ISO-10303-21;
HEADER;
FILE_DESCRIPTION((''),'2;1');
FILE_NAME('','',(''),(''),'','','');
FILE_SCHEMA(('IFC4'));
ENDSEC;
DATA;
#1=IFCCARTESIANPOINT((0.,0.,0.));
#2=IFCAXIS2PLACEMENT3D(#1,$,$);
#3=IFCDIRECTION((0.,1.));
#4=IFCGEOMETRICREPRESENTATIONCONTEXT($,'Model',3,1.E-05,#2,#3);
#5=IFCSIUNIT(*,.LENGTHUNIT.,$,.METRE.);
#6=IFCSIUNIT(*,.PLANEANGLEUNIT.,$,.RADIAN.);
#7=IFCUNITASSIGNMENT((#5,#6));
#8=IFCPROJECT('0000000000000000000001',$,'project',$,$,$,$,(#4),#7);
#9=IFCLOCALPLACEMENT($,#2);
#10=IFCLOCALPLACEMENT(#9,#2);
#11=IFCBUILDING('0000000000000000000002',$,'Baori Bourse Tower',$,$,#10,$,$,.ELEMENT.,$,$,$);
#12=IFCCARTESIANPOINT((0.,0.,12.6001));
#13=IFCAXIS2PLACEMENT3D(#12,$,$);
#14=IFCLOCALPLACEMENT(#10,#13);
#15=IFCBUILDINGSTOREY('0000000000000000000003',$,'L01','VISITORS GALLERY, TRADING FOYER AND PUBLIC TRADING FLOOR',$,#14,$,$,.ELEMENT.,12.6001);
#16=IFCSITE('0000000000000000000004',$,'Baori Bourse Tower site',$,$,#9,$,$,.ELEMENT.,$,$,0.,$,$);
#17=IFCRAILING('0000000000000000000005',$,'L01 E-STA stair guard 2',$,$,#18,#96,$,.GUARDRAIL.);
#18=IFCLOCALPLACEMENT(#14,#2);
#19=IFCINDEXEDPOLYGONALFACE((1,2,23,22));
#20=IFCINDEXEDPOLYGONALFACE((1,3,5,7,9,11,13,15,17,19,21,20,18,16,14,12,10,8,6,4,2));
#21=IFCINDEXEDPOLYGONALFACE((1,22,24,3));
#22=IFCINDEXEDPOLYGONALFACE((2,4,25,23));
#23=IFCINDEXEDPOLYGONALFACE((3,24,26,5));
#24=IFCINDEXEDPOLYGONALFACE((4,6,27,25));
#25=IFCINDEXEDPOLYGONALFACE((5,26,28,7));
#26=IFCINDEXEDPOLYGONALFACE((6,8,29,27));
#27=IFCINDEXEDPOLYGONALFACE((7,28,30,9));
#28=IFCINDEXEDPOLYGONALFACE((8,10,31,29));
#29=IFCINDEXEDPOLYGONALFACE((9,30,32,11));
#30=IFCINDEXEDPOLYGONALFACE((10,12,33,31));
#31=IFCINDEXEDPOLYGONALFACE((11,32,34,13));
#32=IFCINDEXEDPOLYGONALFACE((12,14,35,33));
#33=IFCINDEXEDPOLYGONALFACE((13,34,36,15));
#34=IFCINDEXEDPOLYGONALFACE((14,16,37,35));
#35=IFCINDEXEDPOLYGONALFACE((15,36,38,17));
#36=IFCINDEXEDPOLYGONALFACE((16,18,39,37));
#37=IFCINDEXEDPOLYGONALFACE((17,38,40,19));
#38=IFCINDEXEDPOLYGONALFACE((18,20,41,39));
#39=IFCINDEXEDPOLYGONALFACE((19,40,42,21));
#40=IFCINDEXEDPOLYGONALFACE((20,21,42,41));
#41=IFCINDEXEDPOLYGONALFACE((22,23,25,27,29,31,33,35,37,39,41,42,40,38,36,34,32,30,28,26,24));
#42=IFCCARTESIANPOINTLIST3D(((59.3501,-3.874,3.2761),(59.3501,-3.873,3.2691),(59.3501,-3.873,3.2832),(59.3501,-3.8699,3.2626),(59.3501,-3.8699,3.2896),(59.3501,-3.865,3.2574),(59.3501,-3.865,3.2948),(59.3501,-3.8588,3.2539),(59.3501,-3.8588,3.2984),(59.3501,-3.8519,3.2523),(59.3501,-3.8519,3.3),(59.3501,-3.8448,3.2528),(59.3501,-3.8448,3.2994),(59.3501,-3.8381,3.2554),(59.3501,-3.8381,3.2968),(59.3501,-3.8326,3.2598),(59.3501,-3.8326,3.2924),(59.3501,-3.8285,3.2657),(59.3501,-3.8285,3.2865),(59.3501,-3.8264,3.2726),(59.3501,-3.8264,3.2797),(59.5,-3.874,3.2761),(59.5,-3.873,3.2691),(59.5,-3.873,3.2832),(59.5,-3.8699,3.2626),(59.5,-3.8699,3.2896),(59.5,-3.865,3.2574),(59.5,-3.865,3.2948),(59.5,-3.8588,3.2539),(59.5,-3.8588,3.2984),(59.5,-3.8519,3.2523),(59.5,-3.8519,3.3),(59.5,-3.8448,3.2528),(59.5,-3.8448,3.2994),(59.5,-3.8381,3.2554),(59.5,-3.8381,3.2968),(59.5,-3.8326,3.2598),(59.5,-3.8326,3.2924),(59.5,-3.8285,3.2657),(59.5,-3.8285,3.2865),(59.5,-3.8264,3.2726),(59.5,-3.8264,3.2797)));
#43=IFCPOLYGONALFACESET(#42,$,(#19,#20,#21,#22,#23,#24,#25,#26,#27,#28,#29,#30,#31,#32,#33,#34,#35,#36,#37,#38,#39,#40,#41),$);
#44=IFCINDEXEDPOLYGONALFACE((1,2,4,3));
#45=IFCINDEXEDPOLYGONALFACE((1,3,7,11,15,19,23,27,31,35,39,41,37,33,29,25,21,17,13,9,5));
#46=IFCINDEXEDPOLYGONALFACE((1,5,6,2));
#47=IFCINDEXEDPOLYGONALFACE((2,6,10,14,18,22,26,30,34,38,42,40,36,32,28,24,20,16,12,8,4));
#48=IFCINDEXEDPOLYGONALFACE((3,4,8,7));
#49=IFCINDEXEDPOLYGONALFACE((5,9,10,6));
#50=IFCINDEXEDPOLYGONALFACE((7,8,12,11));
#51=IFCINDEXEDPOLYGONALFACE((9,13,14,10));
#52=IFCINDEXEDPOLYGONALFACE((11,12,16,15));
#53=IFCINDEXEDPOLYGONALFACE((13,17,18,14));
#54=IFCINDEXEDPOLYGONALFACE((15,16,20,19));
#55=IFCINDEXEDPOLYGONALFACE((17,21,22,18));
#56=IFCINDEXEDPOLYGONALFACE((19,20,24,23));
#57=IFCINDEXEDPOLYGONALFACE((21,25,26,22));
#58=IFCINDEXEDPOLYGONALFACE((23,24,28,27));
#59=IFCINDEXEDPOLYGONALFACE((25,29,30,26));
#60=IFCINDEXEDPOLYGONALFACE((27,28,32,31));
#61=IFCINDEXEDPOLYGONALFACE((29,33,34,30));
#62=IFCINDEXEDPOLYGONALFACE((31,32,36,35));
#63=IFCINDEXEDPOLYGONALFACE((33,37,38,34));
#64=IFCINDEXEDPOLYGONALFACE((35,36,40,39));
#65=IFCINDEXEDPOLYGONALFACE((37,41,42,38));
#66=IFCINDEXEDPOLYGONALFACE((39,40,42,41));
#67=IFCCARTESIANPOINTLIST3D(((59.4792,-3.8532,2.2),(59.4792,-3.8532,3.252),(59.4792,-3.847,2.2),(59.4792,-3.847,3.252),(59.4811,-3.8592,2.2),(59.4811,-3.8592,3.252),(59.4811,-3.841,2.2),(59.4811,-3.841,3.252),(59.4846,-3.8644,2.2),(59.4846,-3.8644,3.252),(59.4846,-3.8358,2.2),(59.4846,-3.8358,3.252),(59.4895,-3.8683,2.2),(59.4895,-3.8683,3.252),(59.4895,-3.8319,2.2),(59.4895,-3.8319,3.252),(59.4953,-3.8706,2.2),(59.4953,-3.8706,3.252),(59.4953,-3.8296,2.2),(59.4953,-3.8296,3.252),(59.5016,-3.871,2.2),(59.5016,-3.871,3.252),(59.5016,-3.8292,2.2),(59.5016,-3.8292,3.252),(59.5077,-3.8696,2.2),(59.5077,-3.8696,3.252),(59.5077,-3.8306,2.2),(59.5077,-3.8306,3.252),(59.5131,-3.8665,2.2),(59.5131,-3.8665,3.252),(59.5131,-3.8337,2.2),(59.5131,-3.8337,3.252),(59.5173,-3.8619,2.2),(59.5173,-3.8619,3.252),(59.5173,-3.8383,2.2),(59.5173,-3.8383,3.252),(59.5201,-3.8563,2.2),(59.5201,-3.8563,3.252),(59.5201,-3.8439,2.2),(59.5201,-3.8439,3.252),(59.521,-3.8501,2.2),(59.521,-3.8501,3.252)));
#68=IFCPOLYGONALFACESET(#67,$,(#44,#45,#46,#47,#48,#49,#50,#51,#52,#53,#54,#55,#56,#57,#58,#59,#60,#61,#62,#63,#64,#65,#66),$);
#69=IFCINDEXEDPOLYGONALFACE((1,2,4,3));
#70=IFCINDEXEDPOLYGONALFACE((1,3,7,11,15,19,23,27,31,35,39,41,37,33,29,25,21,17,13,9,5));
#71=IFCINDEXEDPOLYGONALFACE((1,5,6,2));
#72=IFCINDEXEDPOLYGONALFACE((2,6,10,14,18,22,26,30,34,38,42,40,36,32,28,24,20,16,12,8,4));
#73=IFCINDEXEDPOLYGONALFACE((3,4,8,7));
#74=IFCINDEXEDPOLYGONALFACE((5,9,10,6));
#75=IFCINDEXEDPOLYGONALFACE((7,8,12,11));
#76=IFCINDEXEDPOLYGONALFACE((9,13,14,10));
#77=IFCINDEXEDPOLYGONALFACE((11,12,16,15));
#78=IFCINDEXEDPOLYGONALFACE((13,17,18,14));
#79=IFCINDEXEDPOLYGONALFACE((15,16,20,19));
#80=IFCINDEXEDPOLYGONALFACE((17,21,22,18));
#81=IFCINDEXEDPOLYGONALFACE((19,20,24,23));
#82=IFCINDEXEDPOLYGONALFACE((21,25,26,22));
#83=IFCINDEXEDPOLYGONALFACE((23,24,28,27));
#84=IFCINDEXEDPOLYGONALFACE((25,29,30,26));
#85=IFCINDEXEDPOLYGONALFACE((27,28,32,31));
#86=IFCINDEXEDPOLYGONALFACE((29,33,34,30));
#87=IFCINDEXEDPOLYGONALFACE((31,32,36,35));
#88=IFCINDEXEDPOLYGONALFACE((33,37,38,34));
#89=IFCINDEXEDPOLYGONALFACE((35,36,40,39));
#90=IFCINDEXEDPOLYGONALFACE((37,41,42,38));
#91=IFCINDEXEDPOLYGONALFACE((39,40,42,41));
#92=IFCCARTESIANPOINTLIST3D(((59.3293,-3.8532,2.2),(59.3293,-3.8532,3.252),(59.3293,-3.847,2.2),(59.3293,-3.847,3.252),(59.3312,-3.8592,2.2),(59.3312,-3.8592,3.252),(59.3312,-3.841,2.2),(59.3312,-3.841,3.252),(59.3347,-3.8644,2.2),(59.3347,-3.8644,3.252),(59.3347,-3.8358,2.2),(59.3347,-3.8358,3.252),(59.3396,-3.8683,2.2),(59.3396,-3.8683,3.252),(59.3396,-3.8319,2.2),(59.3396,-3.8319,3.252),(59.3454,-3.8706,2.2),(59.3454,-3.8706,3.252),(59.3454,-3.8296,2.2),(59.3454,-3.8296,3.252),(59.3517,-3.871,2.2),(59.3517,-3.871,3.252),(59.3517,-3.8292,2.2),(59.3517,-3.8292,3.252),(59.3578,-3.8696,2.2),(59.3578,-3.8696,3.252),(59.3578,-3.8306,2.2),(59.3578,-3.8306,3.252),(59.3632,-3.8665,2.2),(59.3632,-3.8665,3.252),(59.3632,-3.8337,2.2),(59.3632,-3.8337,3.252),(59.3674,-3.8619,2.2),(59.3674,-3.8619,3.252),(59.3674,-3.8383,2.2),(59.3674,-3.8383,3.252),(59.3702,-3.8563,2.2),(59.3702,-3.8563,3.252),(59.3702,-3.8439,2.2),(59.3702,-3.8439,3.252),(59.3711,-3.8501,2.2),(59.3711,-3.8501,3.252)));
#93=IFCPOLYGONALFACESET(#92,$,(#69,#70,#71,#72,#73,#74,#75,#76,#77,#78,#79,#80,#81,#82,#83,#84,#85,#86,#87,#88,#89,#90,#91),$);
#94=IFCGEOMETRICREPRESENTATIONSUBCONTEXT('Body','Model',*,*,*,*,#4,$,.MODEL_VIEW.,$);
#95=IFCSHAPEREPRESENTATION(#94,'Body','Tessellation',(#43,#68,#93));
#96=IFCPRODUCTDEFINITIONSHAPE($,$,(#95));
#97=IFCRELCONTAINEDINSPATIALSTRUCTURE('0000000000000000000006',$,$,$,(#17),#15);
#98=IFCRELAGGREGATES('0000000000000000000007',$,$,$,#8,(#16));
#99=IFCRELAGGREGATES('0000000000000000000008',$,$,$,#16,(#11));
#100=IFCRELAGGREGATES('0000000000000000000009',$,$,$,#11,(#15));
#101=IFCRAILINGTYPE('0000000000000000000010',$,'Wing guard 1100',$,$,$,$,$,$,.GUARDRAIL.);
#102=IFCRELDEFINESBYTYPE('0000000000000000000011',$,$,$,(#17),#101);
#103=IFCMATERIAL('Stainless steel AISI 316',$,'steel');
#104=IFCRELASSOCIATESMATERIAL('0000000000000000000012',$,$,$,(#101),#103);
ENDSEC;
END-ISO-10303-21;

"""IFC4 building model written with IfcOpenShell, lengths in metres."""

from ifc_helpers import new_model, si_unit, direction, frame, origin, origin_2d, place, context, subcontext, project, spatial, circle, extrude, material, type_object, element, save


model = new_model("IFC4")

# Units and contexts
model_context = context("Model", 3, precision=1e-05, world=origin(), true_north=direction((0.0, 1.0)))
body_context = subcontext(model_context, "Body", "Model", "MODEL_VIEW")
ifc_project = project(units=[si_unit("LENGTHUNIT", "METRE"), si_unit("PLANEANGLEUNIT", "RADIAN")], contexts=[model_context])

# Site, building, storey
site_placement = place(None, origin())
site = spatial("IfcSite", under=ifc_project, at=site_placement, Name="Baori Bourse Tower site", CompositionType="ELEMENT", RefElevation=0.0)
building_placement = place(site_placement, origin())
building = spatial("IfcBuilding", under=site, at=building_placement, Name="Baori Bourse Tower", CompositionType="ELEMENT")
storey_placement = place(building_placement, frame((0.0, 0.0, 12.6001)))
storey = spatial("IfcBuildingStorey", under=building, at=storey_placement, Name="L01", Description="VISITORS GALLERY, TRADING FOYER AND PUBLIC TRADING FLOOR", CompositionType="ELEMENT", Elevation=12.6001)

# Railing
ifc_material_1 = material(Name="Stainless steel AISI 316", Category="steel")
railing_type = type_object("IfcRailingType", Name="Wing guard 1100", PredefinedType="GUARDRAIL", material=ifc_material_1)
railing_placement = place(storey_placement, frame((59.5, -3.8501, 2.2)))
element("IfcRailing", 1, at=railing_placement, inside=storey, type_object=railing_type, Name="L01 E-STA stair guard 2", PredefinedType="GUARDRAIL", context=body_context, shape_type="SweptSolid", body=[
    extrude(circle(Radius=0.0239, at=origin_2d()), frame((0.0, 0.0, 1.0762), z_axis=(-1.0, 0.0, 0.0), x_axis=(0.0, -1.0, 0.0)), (0.0, 0.0, 1.0), 0.1499),
    extrude(circle(Radius=0.021, at=origin_2d()), origin(), (0.0, 0.0, 1.0), 1.052),
    extrude(circle(Radius=0.021, at=origin_2d()), frame((-0.1499, 0.0, 0.0)), (0.0, 0.0, 1.0), 1.052),
])

save(model, "model.ifc")
